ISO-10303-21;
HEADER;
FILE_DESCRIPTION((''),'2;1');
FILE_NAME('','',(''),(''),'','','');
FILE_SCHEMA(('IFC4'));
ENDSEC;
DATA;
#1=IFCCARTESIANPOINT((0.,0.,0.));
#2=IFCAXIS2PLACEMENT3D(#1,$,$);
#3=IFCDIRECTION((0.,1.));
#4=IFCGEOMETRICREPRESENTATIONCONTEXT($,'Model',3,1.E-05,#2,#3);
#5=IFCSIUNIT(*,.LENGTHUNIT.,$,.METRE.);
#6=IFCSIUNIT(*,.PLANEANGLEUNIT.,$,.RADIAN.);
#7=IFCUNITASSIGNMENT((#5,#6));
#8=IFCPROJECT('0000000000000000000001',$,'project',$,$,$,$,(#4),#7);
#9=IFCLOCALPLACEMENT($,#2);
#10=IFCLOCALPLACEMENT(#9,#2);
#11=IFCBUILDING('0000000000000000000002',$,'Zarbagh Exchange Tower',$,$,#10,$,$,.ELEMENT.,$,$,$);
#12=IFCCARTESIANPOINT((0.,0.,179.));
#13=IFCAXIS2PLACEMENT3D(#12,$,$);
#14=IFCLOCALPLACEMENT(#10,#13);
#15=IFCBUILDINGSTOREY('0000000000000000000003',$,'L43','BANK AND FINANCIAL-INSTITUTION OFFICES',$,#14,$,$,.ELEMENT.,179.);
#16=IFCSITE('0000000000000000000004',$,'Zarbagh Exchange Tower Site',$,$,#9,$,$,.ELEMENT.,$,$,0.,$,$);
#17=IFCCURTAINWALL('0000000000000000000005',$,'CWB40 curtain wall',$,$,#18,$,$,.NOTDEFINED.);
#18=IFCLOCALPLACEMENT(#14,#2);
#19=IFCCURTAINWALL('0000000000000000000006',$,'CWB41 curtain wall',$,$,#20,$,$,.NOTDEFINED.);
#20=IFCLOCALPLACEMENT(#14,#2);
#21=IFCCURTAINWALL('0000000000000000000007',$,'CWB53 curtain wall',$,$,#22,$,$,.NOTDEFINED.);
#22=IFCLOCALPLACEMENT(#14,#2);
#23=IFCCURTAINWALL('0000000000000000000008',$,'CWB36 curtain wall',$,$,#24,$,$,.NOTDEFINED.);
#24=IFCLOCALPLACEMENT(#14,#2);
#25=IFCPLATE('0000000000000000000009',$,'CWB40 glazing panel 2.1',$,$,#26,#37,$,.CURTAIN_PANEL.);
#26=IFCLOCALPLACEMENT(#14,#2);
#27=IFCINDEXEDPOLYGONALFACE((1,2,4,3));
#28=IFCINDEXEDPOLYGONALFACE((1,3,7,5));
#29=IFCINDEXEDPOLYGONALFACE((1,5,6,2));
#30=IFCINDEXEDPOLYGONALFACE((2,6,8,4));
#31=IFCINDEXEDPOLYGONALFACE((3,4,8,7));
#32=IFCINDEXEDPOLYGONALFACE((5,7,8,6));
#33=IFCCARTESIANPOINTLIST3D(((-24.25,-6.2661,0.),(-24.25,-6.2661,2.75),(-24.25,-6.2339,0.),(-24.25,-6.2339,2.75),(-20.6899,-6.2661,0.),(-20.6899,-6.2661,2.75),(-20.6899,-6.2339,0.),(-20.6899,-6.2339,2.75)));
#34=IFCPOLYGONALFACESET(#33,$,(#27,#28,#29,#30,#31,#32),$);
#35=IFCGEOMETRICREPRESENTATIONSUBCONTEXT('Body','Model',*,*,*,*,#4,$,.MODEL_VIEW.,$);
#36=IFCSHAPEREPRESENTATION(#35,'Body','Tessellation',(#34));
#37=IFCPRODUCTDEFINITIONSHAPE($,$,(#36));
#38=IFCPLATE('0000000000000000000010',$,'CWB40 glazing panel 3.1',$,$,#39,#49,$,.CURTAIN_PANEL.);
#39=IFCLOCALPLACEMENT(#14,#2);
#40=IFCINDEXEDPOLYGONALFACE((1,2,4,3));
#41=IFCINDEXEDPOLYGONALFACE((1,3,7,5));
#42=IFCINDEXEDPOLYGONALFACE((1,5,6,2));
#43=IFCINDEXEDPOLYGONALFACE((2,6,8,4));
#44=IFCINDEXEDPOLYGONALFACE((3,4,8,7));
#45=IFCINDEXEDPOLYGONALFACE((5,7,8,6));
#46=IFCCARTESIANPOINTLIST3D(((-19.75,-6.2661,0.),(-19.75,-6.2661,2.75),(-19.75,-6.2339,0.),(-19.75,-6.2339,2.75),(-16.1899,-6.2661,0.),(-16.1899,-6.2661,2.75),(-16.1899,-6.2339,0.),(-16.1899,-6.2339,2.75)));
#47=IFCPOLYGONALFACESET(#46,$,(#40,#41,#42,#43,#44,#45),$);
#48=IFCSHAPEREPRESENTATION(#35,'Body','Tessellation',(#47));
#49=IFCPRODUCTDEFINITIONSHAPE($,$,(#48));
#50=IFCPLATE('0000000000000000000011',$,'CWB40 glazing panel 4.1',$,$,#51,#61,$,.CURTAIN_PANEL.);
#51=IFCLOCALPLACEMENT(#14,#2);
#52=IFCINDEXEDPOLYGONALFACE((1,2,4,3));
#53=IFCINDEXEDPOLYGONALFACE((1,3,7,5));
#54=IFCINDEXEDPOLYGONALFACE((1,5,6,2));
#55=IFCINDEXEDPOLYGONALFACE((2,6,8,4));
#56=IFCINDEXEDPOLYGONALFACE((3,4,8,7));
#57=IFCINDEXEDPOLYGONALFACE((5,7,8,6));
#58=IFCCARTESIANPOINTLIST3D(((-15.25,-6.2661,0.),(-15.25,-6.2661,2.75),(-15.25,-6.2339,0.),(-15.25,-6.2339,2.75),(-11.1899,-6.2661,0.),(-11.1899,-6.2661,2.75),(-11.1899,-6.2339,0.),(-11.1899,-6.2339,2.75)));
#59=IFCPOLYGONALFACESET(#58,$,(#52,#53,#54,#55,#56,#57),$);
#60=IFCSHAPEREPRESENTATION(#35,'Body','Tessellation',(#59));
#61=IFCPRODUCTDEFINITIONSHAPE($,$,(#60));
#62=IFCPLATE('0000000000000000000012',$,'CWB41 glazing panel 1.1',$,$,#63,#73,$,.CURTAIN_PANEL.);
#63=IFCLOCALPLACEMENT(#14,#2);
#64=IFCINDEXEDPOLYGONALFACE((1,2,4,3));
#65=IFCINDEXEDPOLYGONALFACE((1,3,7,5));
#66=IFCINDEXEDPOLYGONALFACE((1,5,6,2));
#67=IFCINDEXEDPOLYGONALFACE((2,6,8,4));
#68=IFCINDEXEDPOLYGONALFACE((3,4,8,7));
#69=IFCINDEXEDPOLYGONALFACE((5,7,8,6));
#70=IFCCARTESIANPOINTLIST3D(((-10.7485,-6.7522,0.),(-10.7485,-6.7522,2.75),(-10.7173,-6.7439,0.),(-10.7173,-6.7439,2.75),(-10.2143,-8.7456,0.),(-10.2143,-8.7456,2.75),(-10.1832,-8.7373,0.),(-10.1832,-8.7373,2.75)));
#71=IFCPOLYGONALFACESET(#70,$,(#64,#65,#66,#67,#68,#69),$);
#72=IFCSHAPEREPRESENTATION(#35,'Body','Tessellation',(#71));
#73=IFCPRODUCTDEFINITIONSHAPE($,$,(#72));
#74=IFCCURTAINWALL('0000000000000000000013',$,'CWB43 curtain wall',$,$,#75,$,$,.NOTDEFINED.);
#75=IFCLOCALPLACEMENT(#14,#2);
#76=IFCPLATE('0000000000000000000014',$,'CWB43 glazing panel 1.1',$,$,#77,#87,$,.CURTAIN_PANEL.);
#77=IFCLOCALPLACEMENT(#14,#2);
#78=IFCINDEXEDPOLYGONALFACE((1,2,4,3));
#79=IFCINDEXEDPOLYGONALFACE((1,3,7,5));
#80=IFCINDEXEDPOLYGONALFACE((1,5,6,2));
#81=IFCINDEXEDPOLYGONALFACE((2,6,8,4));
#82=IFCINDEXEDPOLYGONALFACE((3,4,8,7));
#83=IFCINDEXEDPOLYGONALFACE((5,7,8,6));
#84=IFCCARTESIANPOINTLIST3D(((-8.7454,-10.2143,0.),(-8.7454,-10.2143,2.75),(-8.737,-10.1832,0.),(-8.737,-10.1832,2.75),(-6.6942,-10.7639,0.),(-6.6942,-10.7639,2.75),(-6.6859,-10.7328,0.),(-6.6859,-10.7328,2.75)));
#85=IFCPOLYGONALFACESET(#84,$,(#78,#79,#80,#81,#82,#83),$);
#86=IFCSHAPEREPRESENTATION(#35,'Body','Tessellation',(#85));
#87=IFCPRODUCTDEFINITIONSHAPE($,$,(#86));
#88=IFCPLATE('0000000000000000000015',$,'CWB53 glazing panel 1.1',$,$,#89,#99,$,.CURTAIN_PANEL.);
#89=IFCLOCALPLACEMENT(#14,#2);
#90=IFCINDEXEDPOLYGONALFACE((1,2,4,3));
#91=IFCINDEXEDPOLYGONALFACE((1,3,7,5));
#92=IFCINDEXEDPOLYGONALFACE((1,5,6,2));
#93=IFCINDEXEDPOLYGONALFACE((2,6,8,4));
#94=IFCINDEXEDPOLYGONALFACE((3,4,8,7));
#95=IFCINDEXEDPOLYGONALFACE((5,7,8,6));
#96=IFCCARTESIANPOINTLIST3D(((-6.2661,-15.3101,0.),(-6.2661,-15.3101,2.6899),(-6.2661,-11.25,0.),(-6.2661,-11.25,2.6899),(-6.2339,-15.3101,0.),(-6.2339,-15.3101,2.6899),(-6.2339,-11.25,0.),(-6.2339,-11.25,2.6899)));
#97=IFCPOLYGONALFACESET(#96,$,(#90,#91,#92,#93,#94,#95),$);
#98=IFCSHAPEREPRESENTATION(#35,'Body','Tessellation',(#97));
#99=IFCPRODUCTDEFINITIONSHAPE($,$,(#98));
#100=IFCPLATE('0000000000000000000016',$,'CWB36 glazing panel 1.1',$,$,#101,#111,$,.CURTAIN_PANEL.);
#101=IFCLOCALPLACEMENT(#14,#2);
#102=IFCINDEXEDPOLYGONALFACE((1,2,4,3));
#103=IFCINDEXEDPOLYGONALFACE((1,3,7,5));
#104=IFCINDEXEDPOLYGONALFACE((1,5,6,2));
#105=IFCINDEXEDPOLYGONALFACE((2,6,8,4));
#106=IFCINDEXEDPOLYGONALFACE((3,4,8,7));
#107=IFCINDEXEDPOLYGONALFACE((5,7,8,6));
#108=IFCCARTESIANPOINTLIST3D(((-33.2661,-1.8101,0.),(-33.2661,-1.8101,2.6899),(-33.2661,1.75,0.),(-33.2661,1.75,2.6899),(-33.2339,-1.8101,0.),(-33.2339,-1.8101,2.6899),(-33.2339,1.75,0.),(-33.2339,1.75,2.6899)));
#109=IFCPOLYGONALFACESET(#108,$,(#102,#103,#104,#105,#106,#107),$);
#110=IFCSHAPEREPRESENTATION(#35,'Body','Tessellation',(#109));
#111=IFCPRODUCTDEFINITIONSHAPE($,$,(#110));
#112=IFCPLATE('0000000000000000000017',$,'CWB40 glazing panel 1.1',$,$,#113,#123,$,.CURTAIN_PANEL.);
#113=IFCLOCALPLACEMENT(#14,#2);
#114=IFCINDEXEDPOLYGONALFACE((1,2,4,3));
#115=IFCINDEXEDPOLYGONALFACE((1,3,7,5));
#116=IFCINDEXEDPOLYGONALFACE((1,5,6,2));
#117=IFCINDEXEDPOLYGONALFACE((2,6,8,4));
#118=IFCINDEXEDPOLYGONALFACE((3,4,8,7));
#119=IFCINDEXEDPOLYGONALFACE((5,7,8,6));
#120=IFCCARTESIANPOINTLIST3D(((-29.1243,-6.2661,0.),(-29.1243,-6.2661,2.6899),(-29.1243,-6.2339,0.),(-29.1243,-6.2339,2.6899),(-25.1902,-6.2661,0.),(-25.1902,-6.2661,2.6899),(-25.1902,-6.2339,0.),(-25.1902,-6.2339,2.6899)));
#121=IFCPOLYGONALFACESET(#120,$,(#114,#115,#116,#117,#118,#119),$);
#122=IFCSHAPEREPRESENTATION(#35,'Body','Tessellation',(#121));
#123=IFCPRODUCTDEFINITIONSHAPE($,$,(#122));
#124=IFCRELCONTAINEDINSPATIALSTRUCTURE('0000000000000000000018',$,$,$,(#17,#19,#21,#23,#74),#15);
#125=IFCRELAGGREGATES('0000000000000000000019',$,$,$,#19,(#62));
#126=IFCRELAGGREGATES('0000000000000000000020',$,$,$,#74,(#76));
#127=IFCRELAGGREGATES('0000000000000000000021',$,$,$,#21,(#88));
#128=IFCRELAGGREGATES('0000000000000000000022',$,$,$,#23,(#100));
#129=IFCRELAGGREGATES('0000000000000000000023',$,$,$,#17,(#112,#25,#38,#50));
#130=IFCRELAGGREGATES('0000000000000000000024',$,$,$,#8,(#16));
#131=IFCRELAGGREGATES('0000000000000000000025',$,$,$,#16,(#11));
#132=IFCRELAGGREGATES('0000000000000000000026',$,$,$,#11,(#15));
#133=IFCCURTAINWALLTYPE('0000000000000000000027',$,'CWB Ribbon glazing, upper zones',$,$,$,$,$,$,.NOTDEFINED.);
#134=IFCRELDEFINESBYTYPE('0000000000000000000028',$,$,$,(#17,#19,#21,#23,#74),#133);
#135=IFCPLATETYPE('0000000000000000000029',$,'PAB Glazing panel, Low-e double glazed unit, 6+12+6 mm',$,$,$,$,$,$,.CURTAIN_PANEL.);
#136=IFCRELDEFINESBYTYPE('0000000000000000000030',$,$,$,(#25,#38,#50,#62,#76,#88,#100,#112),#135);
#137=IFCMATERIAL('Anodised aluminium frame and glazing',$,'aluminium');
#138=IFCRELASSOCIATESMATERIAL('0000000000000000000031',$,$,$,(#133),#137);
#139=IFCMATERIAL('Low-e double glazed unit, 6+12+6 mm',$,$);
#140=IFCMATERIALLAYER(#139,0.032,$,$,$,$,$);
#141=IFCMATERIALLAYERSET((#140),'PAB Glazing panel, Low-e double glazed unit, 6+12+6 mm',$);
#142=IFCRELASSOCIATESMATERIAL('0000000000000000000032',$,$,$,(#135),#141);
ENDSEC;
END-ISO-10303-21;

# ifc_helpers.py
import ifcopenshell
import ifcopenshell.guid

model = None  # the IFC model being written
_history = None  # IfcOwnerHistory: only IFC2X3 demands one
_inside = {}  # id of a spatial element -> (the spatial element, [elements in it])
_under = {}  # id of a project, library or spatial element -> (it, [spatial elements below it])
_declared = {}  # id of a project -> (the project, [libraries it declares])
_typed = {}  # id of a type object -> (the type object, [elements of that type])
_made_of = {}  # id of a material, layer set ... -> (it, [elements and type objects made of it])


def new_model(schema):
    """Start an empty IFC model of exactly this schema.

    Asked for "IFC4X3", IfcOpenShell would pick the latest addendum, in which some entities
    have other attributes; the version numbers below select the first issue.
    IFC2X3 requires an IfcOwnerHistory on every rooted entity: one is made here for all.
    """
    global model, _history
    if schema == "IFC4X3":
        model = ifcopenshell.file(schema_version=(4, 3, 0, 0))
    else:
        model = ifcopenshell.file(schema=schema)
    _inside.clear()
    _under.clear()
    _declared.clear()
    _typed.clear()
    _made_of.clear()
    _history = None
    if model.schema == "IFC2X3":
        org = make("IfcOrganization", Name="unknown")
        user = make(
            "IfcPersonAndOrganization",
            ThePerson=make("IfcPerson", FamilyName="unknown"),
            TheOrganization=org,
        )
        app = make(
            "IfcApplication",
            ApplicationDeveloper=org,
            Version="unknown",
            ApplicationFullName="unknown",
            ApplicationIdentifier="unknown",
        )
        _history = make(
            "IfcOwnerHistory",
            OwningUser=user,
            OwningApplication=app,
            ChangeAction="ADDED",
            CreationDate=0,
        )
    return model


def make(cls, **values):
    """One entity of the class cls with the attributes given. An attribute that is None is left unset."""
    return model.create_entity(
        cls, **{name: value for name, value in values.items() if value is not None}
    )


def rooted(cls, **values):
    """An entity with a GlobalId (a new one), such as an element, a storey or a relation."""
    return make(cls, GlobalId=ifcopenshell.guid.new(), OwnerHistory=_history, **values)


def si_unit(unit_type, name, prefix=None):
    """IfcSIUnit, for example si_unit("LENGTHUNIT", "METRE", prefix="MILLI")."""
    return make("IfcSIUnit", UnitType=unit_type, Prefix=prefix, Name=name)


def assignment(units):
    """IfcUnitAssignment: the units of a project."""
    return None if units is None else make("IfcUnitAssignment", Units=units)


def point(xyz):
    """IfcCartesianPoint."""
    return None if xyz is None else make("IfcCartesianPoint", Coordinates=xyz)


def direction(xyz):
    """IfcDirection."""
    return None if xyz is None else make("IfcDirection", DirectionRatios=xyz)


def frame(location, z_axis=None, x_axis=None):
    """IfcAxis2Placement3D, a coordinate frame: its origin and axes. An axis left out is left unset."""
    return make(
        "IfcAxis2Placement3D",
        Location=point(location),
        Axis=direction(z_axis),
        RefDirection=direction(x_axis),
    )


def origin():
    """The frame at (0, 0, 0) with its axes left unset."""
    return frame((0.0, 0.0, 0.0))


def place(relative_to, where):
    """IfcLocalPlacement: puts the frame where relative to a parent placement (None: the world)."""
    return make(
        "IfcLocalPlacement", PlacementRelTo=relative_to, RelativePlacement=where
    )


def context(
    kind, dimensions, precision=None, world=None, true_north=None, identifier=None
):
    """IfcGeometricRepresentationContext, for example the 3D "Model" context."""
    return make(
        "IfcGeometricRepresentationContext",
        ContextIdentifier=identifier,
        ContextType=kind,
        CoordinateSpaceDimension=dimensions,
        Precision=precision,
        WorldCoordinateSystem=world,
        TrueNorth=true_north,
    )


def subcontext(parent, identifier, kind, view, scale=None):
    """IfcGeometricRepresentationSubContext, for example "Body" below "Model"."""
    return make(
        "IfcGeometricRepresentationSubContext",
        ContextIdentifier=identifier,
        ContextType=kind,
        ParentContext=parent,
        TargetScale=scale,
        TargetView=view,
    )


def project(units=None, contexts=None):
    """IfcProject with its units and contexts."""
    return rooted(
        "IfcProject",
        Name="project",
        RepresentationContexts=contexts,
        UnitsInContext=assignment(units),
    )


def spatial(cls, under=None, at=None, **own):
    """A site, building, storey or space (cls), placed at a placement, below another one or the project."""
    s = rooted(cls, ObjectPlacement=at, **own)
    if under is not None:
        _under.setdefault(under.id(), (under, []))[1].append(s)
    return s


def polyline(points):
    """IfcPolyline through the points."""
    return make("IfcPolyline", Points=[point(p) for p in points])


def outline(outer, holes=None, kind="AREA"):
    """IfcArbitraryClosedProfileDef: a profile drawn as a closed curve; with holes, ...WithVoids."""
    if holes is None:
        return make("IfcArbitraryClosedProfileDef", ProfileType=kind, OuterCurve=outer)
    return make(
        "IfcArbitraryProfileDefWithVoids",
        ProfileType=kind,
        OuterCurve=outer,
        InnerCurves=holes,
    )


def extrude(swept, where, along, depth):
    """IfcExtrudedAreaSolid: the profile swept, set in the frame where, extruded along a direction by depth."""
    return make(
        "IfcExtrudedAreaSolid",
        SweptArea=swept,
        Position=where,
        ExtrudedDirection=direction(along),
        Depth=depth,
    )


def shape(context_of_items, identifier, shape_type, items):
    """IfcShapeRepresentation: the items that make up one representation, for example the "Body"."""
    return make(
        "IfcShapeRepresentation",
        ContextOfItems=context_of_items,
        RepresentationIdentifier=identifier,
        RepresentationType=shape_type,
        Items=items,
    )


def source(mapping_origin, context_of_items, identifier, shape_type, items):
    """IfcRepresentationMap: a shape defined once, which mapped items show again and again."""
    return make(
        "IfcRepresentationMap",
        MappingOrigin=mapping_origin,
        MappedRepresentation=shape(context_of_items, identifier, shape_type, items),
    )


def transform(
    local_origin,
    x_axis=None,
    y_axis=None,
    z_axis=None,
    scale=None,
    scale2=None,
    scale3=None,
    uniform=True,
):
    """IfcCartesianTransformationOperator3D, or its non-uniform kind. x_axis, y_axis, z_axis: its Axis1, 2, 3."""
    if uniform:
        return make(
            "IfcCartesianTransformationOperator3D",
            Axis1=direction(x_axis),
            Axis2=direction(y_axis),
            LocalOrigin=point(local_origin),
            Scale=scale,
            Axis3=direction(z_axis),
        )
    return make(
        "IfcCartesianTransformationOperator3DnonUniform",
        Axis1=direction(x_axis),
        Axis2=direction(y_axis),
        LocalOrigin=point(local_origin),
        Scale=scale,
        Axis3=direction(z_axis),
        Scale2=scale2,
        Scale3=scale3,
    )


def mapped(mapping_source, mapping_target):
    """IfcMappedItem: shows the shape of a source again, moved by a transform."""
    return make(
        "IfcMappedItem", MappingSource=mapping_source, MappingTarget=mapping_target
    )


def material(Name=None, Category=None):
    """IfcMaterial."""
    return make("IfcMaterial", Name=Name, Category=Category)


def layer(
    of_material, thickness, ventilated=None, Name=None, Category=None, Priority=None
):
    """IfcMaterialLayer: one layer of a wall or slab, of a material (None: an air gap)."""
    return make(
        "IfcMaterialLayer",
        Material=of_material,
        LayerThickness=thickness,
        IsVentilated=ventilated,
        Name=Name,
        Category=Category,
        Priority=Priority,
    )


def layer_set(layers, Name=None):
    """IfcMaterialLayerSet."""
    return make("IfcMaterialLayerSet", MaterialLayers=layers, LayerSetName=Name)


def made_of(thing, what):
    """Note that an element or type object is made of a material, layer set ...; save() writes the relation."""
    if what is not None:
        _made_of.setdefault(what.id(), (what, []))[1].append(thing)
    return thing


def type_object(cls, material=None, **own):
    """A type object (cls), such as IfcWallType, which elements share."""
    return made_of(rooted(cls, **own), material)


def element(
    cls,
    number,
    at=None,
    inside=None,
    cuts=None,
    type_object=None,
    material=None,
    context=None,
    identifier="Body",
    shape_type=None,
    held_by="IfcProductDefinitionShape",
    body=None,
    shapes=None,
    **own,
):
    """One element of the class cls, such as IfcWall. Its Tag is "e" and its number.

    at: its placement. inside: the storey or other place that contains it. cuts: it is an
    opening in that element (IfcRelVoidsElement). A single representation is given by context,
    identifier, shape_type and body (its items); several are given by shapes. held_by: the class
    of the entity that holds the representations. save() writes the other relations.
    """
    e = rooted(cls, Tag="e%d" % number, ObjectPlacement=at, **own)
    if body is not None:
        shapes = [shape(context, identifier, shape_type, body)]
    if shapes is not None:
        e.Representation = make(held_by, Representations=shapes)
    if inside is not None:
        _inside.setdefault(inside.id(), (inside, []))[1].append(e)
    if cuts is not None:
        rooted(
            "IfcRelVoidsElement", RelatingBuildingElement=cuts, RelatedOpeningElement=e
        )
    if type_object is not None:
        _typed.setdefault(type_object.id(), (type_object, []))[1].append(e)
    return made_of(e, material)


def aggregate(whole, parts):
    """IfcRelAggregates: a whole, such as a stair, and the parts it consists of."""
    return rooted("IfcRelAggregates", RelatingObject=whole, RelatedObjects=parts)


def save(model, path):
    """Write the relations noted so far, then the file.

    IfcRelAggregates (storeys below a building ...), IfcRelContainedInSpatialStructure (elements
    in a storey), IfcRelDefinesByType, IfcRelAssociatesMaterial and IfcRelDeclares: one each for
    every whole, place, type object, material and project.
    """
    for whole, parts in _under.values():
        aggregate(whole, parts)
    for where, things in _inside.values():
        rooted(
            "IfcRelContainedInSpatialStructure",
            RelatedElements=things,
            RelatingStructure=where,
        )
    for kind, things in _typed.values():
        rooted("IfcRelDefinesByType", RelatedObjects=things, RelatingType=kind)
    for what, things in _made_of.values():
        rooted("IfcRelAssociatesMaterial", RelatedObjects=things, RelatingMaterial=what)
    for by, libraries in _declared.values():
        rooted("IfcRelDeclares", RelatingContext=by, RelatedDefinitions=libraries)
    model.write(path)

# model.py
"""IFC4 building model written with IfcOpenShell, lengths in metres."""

from ifc_helpers import new_model, si_unit, direction, frame, origin, place, context, subcontext, project, spatial, polyline, outline, extrude, source, transform, mapped, material, layer, layer_set, type_object, element, aggregate, save


model = new_model("IFC4")

# Units and contexts
model_context = context("Model", 3, precision=1e-05, world=origin(), true_north=direction((0.0, 1.0)))
body_context = subcontext(model_context, "Body", "Model", "MODEL_VIEW")
ifc_project = project(units=[si_unit("LENGTHUNIT", "METRE"), si_unit("PLANEANGLEUNIT", "RADIAN")], contexts=[model_context])

# Site, building, storey
site_placement = place(None, origin())
site = spatial("IfcSite", under=ifc_project, at=site_placement, Name="Zarbagh Exchange Tower Site", CompositionType="ELEMENT", RefElevation=0.0)
building_placement = place(site_placement, origin())
building = spatial("IfcBuilding", under=site, at=building_placement, Name="Zarbagh Exchange Tower", CompositionType="ELEMENT")
storey_placement = place(building_placement, frame((0.0, 0.0, 179.0)))
storey = spatial("IfcBuildingStorey", under=building, at=storey_placement, Name="L43", Description="BANK AND FINANCIAL-INSTITUTION OFFICES", CompositionType="ELEMENT", Elevation=179.0)

# Shared definitions
ifc_material_1 = material(Name="Anodised aluminium frame and glazing", Category="aluminium")
curtain_wall_type = type_object("IfcCurtainWallType", Name="CWB Ribbon glazing, upper zones", PredefinedType="NOTDEFINED", material=ifc_material_1)
placement = place(storey_placement, origin())

# Curtain wall
curtain_wall_1_placement = place(storey_placement, origin())
curtain_wall_1 = element("IfcCurtainWall", 1, at=curtain_wall_1_placement, inside=storey, type_object=curtain_wall_type, Name="CWB40 curtain wall", PredefinedType="NOTDEFINED")

# Curtain wall
curtain_wall_2_placement = place(storey_placement, origin())
curtain_wall_2 = element("IfcCurtainWall", 2, at=curtain_wall_2_placement, inside=storey, type_object=curtain_wall_type, Name="CWB41 curtain wall", PredefinedType="NOTDEFINED")

# Curtain wall
curtain_wall_3_placement = place(storey_placement, origin())
curtain_wall_3 = element("IfcCurtainWall", 3, at=curtain_wall_3_placement, inside=storey, type_object=curtain_wall_type, Name="CWB53 curtain wall", PredefinedType="NOTDEFINED")

# Curtain wall
curtain_wall_4_placement = place(storey_placement, origin())
curtain_wall_4 = element("IfcCurtainWall", 4, at=curtain_wall_4_placement, inside=storey, type_object=curtain_wall_type, Name="CWB36 curtain wall", PredefinedType="NOTDEFINED")

# Shared definitions
ifc_material_2 = material(Name="Low-e double glazed unit, 6+12+6 mm")
ifc_layer = layer(ifc_material_2, 0.032)
ifc_layer_set = layer_set([ifc_layer], Name="PAB Glazing panel, Low-e double glazed unit, 6+12+6 mm")
plate_type = type_object("IfcPlateType", Name="PAB Glazing panel, Low-e double glazed unit, 6+12+6 mm", PredefinedType="CURTAIN_PANEL", material=ifc_layer_set)

# Plates
shared_shape_1 = source(origin(), body_context, "Body", "SweptSolid", [
    extrude(outline(polyline([(0.0, -0.0161), (3.5601, -0.0161), (3.5601, 0.0161), (0.0, 0.0161), (0.0, -0.0161)])), origin(), (0.0, 0.0, 1.0), 2.75),
])
plate_1 = element("IfcPlate", 5, at=placement, type_object=plate_type, Name="CWB40 glazing panel 2.1", PredefinedType="CURTAIN_PANEL", context=body_context, shape_type="MappedRepresentation", body=[
    mapped(shared_shape_1, transform((-24.25, -6.25, 0.0), x_axis=(1.0, 0.0, 0.0), y_axis=(0.0, 1.0, 0.0), z_axis=(0.0, 0.0, 1.0))),
])
plate_2 = element("IfcPlate", 6, at=placement, type_object=plate_type, Name="CWB40 glazing panel 3.1", PredefinedType="CURTAIN_PANEL", context=body_context, shape_type="MappedRepresentation", body=[
    mapped(shared_shape_1, transform((-19.75, -6.25, 0.0), x_axis=(1.0, 0.0, 0.0), y_axis=(0.0, 1.0, 0.0), z_axis=(0.0, 0.0, 1.0))),
])
shared_shape_2 = source(origin(), body_context, "Body", "SweptSolid", [
    extrude(outline(polyline([(0.0, -0.0161), (4.0601, -0.0161), (4.0601, 0.0161), (0.0, 0.0161), (0.0, -0.0161)])), origin(), (0.0, 0.0, 1.0), 2.75),
])
plate_3 = element("IfcPlate", 7, at=placement, type_object=plate_type, Name="CWB40 glazing panel 4.1", PredefinedType="CURTAIN_PANEL", context=body_context, shape_type="MappedRepresentation", body=[
    mapped(shared_shape_2, transform((-15.25, -6.25, 0.0), x_axis=(1.0, 0.0, 0.0), y_axis=(0.0, 1.0, 0.0), z_axis=(0.0, 0.0, 1.0))),
])
shared_shape_3 = source(origin(), body_context, "Body", "SweptSolid", [
    extrude(outline(polyline([(0.0, -0.0161), (2.0637, -0.0161), (2.0637, 0.0161), (0.0, 0.0161), (0.0, -0.0161)])), origin(), (0.0, 0.0, 1.0), 2.75),
])
plate_4 = element("IfcPlate", 8, at=placement, type_object=plate_type, Name="CWB41 glazing panel 1.1", PredefinedType="CURTAIN_PANEL", context=body_context, shape_type="MappedRepresentation", body=[
    mapped(shared_shape_3, transform((-10.7329, -6.748, 0.0), x_axis=(0.258825, -0.965924, 0.0), y_axis=(0.965924, 0.258825, 0.0), z_axis=(0.0, 0.0, 1.0))),
])
aggregate(curtain_wall_2, [plate_4])

# Curtain wall, plate
curtain_wall_5_placement = place(storey_placement, origin())
curtain_wall_5 = element("IfcCurtainWall", 9, at=curtain_wall_5_placement, inside=storey, type_object=curtain_wall_type, Name="CWB43 curtain wall", PredefinedType="NOTDEFINED")
shared_shape_4 = source(origin(), body_context, "Body", "SweptSolid", [
    extrude(outline(polyline([(0.0, -0.0161), (2.1235, -0.0161), (2.1235, 0.0161), (0.0, 0.0161), (0.0, -0.0161)])), origin(), (0.0, 0.0, 1.0), 2.75),
])
plate_5 = element("IfcPlate", 10, at=placement, type_object=plate_type, Name="CWB43 glazing panel 1.1", PredefinedType="CURTAIN_PANEL", context=body_context, shape_type="MappedRepresentation", body=[
    mapped(shared_shape_4, transform((-8.7412, -10.1987, 0.0), x_axis=(0.965924, -0.258825, 0.0), y_axis=(0.258825, 0.965924, 0.0), z_axis=(0.0, 0.0, 1.0))),
])
aggregate(curtain_wall_5, [plate_5])

# Plates
shared_shape_5 = source(origin(), body_context, "Body", "SweptSolid", [
    extrude(outline(polyline([(0.0, -0.0161), (4.0601, -0.0161), (4.0601, 0.0161), (0.0, 0.0161), (0.0, -0.0161)])), origin(), (0.0, 0.0, 1.0), 2.6899),
])
plate_6 = element("IfcPlate", 11, at=placement, type_object=plate_type, Name="CWB53 glazing panel 1.1", PredefinedType="CURTAIN_PANEL", context=body_context, shape_type="MappedRepresentation", body=[
    mapped(shared_shape_5, transform((-6.25, -11.25, 0.0), x_axis=(0.0, -1.0, 0.0), y_axis=(1.0, 0.0, 0.0), z_axis=(0.0, 0.0, 1.0))),
])
aggregate(curtain_wall_3, [plate_6])
shared_shape_6 = source(origin(), body_context, "Body", "SweptSolid", [
    extrude(outline(polyline([(0.0, -0.0161), (3.5601, -0.0161), (3.5601, 0.0161), (0.0, 0.0161), (0.0, -0.0161)])), origin(), (0.0, 0.0, 1.0), 2.6899),
])
plate_7 = element("IfcPlate", 12, at=placement, type_object=plate_type, Name="CWB36 glazing panel 1.1", PredefinedType="CURTAIN_PANEL", context=body_context, shape_type="MappedRepresentation", body=[
    mapped(shared_shape_6, transform((-33.25, 1.75, 0.0), x_axis=(0.0, -1.0, 0.0), y_axis=(1.0, 0.0, 0.0), z_axis=(0.0, 0.0, 1.0))),
])
aggregate(curtain_wall_4, [plate_7])
shared_shape_7 = source(origin(), body_context, "Body", "SweptSolid", [
    extrude(outline(polyline([(0.0, -0.0161), (3.9341, -0.0161), (3.9341, 0.0161), (0.0, 0.0161), (0.0, -0.0161)])), origin(), (0.0, 0.0, 1.0), 2.6899),
])
plate_8 = element("IfcPlate", 13, at=placement, type_object=plate_type, Name="CWB40 glazing panel 1.1", PredefinedType="CURTAIN_PANEL", context=body_context, shape_type="MappedRepresentation", body=[
    mapped(shared_shape_7, transform((-29.1243, -6.25, 0.0), x_axis=(1.0, 0.0, 0.0), y_axis=(0.0, 1.0, 0.0), z_axis=(0.0, 0.0, 1.0))),
])
aggregate(curtain_wall_1, [plate_8, plate_1, plate_2, plate_3])

save(model, "model.ifc")
